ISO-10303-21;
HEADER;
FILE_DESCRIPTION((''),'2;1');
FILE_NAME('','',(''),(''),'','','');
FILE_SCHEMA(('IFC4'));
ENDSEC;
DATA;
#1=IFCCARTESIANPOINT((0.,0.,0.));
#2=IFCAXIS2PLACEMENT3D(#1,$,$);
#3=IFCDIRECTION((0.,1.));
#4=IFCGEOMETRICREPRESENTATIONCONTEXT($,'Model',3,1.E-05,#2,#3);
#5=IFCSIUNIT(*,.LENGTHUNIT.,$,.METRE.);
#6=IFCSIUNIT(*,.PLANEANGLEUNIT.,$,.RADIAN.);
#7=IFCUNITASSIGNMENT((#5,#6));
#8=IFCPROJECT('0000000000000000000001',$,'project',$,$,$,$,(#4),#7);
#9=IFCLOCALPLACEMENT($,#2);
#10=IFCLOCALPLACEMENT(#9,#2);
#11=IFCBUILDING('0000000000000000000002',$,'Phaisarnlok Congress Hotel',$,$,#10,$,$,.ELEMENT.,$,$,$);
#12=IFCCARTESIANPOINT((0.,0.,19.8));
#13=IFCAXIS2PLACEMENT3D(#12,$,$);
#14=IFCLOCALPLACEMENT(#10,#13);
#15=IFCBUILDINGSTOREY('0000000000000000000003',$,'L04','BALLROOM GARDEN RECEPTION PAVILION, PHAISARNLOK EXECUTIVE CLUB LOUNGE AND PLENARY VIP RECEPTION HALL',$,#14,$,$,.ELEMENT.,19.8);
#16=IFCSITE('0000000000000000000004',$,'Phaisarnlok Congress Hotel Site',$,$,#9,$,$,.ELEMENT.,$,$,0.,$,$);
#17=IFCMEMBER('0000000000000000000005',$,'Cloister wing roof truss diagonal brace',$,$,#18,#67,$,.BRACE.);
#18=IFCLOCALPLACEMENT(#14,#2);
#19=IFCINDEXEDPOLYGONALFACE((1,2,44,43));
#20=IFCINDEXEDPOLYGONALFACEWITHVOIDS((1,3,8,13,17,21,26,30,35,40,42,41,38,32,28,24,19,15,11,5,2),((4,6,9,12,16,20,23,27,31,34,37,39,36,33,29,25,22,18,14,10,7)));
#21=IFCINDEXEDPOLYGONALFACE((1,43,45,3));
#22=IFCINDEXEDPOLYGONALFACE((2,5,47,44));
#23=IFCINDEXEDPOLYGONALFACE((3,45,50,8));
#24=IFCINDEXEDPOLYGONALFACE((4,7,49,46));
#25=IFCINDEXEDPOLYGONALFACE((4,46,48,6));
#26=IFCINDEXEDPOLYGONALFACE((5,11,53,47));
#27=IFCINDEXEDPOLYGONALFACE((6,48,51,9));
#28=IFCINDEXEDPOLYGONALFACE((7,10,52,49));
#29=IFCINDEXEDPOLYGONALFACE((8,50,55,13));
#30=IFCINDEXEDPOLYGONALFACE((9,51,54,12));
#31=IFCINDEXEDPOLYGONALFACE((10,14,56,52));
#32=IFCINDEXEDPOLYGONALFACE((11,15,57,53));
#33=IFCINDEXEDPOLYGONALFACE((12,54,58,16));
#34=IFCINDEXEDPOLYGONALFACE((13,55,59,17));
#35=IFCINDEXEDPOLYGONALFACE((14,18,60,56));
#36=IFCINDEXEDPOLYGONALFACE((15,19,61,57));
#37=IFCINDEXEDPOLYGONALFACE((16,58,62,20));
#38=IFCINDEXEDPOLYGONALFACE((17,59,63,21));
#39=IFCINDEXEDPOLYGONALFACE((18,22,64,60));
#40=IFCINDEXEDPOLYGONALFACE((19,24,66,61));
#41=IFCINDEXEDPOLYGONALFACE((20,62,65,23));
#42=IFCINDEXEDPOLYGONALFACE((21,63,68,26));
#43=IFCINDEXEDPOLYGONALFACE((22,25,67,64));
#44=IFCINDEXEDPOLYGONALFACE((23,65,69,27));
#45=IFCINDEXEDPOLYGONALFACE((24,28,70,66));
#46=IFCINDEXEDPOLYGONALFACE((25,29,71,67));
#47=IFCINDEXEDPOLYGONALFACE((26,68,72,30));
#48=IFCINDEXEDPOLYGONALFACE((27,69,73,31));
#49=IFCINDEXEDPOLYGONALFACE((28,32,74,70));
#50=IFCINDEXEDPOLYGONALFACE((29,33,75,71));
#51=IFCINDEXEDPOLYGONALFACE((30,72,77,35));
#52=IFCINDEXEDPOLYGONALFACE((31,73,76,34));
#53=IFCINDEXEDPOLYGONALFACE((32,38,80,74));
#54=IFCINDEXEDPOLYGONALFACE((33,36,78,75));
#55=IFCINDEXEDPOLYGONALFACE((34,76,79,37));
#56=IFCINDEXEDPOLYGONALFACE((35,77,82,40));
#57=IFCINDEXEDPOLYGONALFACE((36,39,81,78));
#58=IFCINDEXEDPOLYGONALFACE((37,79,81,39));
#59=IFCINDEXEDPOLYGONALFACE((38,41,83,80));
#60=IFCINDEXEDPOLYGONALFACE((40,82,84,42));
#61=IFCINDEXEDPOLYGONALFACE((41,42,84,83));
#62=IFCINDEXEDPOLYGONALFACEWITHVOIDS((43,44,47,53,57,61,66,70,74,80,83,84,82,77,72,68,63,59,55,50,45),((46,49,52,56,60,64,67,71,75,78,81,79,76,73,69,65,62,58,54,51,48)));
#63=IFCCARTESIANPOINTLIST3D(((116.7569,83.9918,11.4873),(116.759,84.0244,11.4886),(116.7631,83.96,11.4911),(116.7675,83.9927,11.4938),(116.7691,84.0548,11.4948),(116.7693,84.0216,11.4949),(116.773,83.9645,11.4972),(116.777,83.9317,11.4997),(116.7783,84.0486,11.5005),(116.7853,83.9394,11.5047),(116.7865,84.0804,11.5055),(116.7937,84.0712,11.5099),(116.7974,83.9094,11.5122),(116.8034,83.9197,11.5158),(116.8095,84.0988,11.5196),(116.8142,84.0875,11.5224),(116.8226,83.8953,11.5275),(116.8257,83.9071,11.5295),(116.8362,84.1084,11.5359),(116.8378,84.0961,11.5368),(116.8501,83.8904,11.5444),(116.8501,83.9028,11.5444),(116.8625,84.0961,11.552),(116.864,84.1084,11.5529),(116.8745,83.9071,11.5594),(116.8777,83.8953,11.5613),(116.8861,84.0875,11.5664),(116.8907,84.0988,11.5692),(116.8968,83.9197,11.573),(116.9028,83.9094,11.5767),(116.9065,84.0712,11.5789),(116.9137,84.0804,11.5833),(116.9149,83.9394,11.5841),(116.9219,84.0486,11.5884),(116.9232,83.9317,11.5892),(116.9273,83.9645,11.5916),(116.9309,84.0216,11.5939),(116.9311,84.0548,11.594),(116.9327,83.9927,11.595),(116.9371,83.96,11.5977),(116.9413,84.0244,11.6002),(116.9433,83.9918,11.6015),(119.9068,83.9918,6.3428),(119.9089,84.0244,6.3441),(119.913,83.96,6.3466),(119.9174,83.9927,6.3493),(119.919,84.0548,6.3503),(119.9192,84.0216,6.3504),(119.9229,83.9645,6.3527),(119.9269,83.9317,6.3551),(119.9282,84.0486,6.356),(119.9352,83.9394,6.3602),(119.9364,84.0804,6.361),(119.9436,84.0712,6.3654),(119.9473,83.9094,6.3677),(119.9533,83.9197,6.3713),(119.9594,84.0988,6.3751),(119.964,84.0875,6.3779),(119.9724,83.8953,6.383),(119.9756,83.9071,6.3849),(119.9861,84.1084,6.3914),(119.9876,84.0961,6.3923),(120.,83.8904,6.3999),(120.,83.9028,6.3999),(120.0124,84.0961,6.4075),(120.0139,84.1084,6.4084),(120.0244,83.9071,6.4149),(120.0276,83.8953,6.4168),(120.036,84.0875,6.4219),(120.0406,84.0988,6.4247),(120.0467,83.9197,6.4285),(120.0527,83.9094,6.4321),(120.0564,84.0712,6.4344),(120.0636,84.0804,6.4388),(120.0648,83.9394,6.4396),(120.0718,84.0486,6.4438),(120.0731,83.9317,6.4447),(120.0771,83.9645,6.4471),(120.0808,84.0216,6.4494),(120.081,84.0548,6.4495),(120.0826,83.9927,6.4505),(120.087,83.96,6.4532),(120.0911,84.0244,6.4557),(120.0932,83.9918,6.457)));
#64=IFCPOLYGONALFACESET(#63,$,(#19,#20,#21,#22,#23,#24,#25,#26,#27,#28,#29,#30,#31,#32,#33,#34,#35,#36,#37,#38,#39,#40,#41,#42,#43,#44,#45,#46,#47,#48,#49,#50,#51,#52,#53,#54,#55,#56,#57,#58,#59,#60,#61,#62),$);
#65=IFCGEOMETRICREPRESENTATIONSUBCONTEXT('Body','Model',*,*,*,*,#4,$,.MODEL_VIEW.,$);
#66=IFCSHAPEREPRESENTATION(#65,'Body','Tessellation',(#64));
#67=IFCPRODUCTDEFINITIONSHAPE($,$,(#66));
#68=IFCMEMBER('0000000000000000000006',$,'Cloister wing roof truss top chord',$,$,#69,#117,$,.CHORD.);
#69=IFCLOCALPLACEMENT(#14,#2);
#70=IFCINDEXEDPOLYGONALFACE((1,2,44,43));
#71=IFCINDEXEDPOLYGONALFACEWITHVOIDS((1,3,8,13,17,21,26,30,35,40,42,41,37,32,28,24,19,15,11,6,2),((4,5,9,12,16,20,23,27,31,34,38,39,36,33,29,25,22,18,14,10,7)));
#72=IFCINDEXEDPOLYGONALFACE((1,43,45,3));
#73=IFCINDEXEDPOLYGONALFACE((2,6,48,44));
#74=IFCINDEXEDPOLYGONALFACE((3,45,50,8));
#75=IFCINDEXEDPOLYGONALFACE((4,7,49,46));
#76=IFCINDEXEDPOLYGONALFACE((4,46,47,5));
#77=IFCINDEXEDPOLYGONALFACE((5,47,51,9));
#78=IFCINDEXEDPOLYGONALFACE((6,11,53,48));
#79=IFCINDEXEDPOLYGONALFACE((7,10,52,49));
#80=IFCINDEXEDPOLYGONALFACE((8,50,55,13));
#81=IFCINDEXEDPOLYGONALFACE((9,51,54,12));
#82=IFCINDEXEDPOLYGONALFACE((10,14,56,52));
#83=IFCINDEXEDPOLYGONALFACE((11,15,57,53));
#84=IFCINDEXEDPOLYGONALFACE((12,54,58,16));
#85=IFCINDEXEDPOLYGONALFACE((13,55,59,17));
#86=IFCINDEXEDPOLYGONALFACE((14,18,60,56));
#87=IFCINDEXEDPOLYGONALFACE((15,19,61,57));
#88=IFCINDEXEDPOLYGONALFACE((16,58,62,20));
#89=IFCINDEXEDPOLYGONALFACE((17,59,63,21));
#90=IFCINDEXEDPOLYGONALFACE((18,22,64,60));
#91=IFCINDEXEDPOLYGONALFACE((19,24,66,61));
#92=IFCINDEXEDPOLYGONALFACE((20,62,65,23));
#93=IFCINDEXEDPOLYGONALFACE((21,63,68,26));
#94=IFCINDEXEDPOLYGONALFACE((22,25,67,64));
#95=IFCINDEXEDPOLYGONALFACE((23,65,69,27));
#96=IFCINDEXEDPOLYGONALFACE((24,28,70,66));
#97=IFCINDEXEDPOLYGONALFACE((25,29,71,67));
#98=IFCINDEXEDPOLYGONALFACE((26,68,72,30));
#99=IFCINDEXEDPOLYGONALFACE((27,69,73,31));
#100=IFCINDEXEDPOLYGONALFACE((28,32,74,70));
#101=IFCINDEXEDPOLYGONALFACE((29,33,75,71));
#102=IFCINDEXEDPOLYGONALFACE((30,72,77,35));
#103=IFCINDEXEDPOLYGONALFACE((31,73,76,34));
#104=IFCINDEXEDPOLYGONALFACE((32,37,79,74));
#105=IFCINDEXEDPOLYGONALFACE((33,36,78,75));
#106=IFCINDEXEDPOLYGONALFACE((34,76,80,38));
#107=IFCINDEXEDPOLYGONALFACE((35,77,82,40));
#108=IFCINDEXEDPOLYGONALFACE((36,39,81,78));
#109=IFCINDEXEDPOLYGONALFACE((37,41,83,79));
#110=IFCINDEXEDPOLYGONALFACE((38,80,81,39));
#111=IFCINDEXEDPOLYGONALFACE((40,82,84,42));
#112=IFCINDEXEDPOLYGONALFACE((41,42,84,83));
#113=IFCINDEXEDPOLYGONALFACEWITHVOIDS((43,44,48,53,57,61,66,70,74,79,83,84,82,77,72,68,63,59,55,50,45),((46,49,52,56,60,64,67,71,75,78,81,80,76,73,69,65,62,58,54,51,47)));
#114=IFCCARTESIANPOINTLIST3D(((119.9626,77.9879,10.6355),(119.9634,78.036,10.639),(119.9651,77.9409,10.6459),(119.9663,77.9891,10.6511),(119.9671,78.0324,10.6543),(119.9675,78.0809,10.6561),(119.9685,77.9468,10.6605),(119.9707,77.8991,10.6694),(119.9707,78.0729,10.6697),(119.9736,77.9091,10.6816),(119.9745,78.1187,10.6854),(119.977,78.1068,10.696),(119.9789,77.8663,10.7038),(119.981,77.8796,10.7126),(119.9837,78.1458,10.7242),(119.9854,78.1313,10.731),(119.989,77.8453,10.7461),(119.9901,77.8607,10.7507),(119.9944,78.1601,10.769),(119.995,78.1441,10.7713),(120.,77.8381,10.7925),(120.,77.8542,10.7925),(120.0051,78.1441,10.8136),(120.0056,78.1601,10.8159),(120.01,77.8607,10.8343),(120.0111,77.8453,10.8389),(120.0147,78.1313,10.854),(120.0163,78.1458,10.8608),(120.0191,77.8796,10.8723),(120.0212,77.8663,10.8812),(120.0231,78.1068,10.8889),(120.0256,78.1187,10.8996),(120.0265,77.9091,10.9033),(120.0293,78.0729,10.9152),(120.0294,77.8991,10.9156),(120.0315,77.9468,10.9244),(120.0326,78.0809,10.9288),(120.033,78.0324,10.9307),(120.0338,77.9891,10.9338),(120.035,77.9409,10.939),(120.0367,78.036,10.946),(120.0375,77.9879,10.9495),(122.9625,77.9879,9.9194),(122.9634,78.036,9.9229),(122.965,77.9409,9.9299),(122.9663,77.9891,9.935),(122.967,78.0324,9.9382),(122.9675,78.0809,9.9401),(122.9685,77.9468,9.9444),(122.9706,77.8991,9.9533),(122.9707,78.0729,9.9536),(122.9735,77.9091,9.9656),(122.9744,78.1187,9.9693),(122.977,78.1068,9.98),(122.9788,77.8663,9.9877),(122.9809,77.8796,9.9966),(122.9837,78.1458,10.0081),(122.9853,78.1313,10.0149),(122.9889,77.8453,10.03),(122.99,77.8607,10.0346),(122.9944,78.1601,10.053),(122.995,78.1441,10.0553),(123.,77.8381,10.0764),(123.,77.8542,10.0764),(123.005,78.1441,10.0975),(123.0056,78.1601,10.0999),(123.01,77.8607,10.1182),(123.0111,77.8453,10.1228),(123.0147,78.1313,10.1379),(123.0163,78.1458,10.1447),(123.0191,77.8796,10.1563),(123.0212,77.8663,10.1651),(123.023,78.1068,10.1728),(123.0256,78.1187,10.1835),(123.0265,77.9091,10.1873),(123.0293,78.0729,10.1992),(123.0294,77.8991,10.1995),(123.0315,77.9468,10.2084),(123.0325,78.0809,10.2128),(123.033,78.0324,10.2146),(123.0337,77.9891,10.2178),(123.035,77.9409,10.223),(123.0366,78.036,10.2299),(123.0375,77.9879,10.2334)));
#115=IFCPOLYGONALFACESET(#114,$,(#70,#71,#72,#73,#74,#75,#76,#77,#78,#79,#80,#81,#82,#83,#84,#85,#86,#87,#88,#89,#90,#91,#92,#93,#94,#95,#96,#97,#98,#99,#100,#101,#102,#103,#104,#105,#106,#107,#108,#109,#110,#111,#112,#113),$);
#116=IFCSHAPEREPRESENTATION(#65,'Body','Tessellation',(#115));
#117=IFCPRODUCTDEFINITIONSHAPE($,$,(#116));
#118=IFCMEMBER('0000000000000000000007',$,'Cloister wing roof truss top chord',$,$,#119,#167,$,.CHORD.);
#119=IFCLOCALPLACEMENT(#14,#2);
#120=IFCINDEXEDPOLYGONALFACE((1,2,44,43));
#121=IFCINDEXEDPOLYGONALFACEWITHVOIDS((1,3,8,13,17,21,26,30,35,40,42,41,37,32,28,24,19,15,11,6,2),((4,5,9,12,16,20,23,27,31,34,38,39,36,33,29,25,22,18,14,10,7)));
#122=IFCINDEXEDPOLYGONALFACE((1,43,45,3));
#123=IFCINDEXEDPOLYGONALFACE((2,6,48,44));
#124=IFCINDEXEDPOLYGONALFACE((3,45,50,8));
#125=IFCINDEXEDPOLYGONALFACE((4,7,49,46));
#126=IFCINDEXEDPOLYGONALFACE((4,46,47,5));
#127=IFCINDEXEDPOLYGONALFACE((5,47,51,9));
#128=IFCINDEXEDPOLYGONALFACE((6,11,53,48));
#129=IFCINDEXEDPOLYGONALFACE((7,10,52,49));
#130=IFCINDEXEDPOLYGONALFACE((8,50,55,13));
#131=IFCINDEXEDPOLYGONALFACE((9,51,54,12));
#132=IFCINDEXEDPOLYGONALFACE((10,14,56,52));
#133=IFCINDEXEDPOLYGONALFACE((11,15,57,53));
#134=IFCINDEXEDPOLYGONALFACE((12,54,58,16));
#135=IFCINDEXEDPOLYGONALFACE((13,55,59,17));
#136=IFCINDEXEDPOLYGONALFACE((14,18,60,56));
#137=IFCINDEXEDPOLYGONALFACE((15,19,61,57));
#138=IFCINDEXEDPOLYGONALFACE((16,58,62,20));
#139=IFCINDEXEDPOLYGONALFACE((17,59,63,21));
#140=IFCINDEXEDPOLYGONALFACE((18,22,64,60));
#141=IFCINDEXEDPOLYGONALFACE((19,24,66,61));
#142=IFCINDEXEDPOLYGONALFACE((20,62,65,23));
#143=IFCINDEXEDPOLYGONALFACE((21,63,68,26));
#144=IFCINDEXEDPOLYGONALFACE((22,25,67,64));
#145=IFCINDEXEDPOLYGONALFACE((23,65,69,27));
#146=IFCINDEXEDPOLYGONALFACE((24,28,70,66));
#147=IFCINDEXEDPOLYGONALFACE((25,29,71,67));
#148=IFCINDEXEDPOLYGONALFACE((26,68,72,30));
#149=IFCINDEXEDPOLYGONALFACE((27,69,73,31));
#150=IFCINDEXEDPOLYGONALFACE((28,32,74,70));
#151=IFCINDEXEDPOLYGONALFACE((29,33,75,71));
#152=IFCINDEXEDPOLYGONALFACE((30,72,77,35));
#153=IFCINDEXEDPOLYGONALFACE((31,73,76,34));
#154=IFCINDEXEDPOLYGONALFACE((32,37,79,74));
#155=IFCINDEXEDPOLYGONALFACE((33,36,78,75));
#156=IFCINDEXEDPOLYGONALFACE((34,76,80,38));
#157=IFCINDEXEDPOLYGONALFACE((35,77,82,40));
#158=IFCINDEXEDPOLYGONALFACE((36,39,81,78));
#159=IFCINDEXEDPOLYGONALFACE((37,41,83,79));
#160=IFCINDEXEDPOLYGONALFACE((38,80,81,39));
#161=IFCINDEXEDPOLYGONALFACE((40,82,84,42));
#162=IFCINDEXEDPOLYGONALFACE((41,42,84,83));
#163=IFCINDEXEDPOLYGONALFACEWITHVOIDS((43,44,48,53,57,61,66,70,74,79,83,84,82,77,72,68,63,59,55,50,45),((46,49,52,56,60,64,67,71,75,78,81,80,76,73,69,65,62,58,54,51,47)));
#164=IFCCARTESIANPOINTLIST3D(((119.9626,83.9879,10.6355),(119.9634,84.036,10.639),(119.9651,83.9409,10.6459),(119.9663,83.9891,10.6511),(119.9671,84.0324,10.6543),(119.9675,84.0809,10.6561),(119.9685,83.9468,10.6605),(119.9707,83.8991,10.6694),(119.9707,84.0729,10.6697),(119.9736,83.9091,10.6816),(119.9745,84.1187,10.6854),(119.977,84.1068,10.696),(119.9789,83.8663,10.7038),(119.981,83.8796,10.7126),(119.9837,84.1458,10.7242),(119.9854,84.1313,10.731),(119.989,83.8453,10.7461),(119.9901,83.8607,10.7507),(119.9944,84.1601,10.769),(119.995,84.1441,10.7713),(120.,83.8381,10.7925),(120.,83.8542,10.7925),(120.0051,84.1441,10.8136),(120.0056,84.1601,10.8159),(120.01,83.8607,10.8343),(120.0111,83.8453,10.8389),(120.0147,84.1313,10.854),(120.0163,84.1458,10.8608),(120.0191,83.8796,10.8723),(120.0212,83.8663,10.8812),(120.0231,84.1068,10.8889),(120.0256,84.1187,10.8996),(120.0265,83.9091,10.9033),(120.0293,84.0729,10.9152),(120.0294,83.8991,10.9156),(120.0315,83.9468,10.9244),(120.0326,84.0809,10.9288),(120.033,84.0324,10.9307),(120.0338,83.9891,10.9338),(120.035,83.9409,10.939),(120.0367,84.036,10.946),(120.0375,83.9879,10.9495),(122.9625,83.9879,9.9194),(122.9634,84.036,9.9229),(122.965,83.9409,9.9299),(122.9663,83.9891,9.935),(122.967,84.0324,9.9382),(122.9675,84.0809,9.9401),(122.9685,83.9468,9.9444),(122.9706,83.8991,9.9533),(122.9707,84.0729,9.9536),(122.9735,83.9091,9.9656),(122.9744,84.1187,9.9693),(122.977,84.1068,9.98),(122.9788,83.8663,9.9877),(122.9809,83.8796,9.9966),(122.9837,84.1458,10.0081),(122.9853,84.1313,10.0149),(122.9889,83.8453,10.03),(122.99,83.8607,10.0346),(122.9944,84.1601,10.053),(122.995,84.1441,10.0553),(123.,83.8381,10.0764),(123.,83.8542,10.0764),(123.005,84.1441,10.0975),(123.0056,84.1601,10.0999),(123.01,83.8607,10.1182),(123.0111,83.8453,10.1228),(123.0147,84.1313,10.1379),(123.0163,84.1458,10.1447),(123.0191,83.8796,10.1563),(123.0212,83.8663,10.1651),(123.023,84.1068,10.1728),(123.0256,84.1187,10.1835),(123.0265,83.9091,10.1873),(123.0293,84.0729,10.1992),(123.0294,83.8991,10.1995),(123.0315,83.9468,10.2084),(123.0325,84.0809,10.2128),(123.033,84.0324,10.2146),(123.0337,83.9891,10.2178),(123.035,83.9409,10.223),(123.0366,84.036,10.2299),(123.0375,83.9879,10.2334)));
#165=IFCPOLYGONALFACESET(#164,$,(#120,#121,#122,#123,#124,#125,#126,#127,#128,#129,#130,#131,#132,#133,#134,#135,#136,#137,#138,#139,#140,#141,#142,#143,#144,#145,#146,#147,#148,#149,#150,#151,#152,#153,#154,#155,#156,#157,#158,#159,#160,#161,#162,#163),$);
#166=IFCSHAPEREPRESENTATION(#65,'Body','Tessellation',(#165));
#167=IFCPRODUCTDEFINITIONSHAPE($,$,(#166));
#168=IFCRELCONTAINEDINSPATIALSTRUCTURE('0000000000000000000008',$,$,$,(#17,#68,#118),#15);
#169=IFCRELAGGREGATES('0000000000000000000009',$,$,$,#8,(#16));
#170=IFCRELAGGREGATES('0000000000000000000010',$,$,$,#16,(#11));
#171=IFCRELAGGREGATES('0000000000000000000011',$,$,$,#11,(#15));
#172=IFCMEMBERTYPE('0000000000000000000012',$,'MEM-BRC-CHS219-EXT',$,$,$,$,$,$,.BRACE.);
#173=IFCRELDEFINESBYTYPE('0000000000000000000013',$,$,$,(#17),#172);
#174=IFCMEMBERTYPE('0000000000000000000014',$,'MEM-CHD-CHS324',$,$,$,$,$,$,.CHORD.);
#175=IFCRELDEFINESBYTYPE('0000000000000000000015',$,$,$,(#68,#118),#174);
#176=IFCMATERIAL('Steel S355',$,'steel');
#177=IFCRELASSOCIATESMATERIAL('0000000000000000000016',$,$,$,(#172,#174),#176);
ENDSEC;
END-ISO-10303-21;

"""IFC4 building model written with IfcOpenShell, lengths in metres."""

from ifc_helpers import new_model, si_unit, direction, frame, origin, origin_2d, place, context, subcontext, project, spatial, hollow_circle, extrude, material, material_profile, profile_set, type_object, element, save


model = new_model("IFC4")

# Units and contexts
model_context = context("Model", 3, precision=1e-05, world=origin(), true_north=direction((0.0, 1.0)))
body_context = subcontext(model_context, "Body", "Model", "MODEL_VIEW")
ifc_project = project(units=[si_unit("LENGTHUNIT", "METRE"), si_unit("PLANEANGLEUNIT", "RADIAN")], contexts=[model_context])

# Site, building, storey
site_placement = place(None, origin())
site = spatial("IfcSite", under=ifc_project, at=site_placement, Name="Phaisarnlok Congress Hotel Site", CompositionType="ELEMENT", RefElevation=0.0)
building_placement = place(site_placement, origin())
building = spatial("IfcBuilding", under=site, at=building_placement, Name="Phaisarnlok Congress Hotel", CompositionType="ELEMENT")
storey_placement = place(building_placement, frame((0.0, 0.0, 19.8)))
storey = spatial("IfcBuildingStorey", under=building, at=storey_placement, Name="L04", Description="BALLROOM GARDEN RECEPTION PAVILION, PHAISARNLOK EXECUTIVE CLUB LOUNGE AND PLENARY VIP RECEPTION HALL", CompositionType="ELEMENT", Elevation=19.8)

# Shared definitions
ifc_material_1 = material(Name="Steel S355", Category="steel")

# Members
ifc_material_profile_1 = material_profile(ifc_material_1, hollow_circle(Radius=0.1096, WallThickness=0.0125, at=origin_2d()), Name="CHS 219.1x12.5")
ifc_profile_set_1 = profile_set([ifc_material_profile_1], Name="Steel S355")
member_type_1 = type_object("IfcMemberType", Name="MEM-BRC-CHS219-EXT", PredefinedType="BRACE", material=ifc_profile_set_1)
for number, where, z_axis, x_axis, name in (
    (1, (120.0, 84.0, 6.3999), (-0.522177, 0.0, 0.852837), (0.0, -1.0, 0.0), "Cloister wing roof truss diagonal brace"),
):
    element("IfcMember", number, at=place(storey_placement, frame(where, z_axis=z_axis, x_axis=x_axis)), inside=storey, type_object=member_type_1, Name=name, PredefinedType="BRACE", context=body_context, shape_type="SweptSolid", body=[
        extrude(hollow_circle(Radius=0.1096, WallThickness=0.0125, at=origin_2d()), origin(), (0.0, 0.0, 1.0), 6.0322),
    ])
ifc_material_profile_2 = material_profile(ifc_material_1, hollow_circle(Radius=0.1619, WallThickness=0.0161, at=origin_2d()), Name="CHS 323.9x16")
ifc_profile_set_2 = profile_set([ifc_material_profile_2], Name="Steel S355")
member_type_2 = type_object("IfcMemberType", Name="MEM-CHD-CHS324", PredefinedType="CHORD", material=ifc_profile_set_2)
for number, where, z_axis, x_axis, name in (
    (2, (123.0, 78.0, 10.0764), (-0.972676, 0.0, 0.232166), (0.0, -1.0, 0.0), "Cloister wing roof truss top chord"),
    (3, (123.0, 84.0, 10.0764), (-0.972676, 0.0, 0.232166), (0.0, -1.0, 0.0), "Cloister wing roof truss top chord"),
):
    element("IfcMember", number, at=place(storey_placement, frame(where, z_axis=z_axis, x_axis=x_axis)), inside=storey, type_object=member_type_2, Name=name, PredefinedType="CHORD", context=body_context, shape_type="SweptSolid", body=[
        extrude(hollow_circle(Radius=0.1619, WallThickness=0.0161, at=origin_2d()), origin(), (0.0, 0.0, 1.0), 3.0842),
    ])

save(model, "model.ifc")
